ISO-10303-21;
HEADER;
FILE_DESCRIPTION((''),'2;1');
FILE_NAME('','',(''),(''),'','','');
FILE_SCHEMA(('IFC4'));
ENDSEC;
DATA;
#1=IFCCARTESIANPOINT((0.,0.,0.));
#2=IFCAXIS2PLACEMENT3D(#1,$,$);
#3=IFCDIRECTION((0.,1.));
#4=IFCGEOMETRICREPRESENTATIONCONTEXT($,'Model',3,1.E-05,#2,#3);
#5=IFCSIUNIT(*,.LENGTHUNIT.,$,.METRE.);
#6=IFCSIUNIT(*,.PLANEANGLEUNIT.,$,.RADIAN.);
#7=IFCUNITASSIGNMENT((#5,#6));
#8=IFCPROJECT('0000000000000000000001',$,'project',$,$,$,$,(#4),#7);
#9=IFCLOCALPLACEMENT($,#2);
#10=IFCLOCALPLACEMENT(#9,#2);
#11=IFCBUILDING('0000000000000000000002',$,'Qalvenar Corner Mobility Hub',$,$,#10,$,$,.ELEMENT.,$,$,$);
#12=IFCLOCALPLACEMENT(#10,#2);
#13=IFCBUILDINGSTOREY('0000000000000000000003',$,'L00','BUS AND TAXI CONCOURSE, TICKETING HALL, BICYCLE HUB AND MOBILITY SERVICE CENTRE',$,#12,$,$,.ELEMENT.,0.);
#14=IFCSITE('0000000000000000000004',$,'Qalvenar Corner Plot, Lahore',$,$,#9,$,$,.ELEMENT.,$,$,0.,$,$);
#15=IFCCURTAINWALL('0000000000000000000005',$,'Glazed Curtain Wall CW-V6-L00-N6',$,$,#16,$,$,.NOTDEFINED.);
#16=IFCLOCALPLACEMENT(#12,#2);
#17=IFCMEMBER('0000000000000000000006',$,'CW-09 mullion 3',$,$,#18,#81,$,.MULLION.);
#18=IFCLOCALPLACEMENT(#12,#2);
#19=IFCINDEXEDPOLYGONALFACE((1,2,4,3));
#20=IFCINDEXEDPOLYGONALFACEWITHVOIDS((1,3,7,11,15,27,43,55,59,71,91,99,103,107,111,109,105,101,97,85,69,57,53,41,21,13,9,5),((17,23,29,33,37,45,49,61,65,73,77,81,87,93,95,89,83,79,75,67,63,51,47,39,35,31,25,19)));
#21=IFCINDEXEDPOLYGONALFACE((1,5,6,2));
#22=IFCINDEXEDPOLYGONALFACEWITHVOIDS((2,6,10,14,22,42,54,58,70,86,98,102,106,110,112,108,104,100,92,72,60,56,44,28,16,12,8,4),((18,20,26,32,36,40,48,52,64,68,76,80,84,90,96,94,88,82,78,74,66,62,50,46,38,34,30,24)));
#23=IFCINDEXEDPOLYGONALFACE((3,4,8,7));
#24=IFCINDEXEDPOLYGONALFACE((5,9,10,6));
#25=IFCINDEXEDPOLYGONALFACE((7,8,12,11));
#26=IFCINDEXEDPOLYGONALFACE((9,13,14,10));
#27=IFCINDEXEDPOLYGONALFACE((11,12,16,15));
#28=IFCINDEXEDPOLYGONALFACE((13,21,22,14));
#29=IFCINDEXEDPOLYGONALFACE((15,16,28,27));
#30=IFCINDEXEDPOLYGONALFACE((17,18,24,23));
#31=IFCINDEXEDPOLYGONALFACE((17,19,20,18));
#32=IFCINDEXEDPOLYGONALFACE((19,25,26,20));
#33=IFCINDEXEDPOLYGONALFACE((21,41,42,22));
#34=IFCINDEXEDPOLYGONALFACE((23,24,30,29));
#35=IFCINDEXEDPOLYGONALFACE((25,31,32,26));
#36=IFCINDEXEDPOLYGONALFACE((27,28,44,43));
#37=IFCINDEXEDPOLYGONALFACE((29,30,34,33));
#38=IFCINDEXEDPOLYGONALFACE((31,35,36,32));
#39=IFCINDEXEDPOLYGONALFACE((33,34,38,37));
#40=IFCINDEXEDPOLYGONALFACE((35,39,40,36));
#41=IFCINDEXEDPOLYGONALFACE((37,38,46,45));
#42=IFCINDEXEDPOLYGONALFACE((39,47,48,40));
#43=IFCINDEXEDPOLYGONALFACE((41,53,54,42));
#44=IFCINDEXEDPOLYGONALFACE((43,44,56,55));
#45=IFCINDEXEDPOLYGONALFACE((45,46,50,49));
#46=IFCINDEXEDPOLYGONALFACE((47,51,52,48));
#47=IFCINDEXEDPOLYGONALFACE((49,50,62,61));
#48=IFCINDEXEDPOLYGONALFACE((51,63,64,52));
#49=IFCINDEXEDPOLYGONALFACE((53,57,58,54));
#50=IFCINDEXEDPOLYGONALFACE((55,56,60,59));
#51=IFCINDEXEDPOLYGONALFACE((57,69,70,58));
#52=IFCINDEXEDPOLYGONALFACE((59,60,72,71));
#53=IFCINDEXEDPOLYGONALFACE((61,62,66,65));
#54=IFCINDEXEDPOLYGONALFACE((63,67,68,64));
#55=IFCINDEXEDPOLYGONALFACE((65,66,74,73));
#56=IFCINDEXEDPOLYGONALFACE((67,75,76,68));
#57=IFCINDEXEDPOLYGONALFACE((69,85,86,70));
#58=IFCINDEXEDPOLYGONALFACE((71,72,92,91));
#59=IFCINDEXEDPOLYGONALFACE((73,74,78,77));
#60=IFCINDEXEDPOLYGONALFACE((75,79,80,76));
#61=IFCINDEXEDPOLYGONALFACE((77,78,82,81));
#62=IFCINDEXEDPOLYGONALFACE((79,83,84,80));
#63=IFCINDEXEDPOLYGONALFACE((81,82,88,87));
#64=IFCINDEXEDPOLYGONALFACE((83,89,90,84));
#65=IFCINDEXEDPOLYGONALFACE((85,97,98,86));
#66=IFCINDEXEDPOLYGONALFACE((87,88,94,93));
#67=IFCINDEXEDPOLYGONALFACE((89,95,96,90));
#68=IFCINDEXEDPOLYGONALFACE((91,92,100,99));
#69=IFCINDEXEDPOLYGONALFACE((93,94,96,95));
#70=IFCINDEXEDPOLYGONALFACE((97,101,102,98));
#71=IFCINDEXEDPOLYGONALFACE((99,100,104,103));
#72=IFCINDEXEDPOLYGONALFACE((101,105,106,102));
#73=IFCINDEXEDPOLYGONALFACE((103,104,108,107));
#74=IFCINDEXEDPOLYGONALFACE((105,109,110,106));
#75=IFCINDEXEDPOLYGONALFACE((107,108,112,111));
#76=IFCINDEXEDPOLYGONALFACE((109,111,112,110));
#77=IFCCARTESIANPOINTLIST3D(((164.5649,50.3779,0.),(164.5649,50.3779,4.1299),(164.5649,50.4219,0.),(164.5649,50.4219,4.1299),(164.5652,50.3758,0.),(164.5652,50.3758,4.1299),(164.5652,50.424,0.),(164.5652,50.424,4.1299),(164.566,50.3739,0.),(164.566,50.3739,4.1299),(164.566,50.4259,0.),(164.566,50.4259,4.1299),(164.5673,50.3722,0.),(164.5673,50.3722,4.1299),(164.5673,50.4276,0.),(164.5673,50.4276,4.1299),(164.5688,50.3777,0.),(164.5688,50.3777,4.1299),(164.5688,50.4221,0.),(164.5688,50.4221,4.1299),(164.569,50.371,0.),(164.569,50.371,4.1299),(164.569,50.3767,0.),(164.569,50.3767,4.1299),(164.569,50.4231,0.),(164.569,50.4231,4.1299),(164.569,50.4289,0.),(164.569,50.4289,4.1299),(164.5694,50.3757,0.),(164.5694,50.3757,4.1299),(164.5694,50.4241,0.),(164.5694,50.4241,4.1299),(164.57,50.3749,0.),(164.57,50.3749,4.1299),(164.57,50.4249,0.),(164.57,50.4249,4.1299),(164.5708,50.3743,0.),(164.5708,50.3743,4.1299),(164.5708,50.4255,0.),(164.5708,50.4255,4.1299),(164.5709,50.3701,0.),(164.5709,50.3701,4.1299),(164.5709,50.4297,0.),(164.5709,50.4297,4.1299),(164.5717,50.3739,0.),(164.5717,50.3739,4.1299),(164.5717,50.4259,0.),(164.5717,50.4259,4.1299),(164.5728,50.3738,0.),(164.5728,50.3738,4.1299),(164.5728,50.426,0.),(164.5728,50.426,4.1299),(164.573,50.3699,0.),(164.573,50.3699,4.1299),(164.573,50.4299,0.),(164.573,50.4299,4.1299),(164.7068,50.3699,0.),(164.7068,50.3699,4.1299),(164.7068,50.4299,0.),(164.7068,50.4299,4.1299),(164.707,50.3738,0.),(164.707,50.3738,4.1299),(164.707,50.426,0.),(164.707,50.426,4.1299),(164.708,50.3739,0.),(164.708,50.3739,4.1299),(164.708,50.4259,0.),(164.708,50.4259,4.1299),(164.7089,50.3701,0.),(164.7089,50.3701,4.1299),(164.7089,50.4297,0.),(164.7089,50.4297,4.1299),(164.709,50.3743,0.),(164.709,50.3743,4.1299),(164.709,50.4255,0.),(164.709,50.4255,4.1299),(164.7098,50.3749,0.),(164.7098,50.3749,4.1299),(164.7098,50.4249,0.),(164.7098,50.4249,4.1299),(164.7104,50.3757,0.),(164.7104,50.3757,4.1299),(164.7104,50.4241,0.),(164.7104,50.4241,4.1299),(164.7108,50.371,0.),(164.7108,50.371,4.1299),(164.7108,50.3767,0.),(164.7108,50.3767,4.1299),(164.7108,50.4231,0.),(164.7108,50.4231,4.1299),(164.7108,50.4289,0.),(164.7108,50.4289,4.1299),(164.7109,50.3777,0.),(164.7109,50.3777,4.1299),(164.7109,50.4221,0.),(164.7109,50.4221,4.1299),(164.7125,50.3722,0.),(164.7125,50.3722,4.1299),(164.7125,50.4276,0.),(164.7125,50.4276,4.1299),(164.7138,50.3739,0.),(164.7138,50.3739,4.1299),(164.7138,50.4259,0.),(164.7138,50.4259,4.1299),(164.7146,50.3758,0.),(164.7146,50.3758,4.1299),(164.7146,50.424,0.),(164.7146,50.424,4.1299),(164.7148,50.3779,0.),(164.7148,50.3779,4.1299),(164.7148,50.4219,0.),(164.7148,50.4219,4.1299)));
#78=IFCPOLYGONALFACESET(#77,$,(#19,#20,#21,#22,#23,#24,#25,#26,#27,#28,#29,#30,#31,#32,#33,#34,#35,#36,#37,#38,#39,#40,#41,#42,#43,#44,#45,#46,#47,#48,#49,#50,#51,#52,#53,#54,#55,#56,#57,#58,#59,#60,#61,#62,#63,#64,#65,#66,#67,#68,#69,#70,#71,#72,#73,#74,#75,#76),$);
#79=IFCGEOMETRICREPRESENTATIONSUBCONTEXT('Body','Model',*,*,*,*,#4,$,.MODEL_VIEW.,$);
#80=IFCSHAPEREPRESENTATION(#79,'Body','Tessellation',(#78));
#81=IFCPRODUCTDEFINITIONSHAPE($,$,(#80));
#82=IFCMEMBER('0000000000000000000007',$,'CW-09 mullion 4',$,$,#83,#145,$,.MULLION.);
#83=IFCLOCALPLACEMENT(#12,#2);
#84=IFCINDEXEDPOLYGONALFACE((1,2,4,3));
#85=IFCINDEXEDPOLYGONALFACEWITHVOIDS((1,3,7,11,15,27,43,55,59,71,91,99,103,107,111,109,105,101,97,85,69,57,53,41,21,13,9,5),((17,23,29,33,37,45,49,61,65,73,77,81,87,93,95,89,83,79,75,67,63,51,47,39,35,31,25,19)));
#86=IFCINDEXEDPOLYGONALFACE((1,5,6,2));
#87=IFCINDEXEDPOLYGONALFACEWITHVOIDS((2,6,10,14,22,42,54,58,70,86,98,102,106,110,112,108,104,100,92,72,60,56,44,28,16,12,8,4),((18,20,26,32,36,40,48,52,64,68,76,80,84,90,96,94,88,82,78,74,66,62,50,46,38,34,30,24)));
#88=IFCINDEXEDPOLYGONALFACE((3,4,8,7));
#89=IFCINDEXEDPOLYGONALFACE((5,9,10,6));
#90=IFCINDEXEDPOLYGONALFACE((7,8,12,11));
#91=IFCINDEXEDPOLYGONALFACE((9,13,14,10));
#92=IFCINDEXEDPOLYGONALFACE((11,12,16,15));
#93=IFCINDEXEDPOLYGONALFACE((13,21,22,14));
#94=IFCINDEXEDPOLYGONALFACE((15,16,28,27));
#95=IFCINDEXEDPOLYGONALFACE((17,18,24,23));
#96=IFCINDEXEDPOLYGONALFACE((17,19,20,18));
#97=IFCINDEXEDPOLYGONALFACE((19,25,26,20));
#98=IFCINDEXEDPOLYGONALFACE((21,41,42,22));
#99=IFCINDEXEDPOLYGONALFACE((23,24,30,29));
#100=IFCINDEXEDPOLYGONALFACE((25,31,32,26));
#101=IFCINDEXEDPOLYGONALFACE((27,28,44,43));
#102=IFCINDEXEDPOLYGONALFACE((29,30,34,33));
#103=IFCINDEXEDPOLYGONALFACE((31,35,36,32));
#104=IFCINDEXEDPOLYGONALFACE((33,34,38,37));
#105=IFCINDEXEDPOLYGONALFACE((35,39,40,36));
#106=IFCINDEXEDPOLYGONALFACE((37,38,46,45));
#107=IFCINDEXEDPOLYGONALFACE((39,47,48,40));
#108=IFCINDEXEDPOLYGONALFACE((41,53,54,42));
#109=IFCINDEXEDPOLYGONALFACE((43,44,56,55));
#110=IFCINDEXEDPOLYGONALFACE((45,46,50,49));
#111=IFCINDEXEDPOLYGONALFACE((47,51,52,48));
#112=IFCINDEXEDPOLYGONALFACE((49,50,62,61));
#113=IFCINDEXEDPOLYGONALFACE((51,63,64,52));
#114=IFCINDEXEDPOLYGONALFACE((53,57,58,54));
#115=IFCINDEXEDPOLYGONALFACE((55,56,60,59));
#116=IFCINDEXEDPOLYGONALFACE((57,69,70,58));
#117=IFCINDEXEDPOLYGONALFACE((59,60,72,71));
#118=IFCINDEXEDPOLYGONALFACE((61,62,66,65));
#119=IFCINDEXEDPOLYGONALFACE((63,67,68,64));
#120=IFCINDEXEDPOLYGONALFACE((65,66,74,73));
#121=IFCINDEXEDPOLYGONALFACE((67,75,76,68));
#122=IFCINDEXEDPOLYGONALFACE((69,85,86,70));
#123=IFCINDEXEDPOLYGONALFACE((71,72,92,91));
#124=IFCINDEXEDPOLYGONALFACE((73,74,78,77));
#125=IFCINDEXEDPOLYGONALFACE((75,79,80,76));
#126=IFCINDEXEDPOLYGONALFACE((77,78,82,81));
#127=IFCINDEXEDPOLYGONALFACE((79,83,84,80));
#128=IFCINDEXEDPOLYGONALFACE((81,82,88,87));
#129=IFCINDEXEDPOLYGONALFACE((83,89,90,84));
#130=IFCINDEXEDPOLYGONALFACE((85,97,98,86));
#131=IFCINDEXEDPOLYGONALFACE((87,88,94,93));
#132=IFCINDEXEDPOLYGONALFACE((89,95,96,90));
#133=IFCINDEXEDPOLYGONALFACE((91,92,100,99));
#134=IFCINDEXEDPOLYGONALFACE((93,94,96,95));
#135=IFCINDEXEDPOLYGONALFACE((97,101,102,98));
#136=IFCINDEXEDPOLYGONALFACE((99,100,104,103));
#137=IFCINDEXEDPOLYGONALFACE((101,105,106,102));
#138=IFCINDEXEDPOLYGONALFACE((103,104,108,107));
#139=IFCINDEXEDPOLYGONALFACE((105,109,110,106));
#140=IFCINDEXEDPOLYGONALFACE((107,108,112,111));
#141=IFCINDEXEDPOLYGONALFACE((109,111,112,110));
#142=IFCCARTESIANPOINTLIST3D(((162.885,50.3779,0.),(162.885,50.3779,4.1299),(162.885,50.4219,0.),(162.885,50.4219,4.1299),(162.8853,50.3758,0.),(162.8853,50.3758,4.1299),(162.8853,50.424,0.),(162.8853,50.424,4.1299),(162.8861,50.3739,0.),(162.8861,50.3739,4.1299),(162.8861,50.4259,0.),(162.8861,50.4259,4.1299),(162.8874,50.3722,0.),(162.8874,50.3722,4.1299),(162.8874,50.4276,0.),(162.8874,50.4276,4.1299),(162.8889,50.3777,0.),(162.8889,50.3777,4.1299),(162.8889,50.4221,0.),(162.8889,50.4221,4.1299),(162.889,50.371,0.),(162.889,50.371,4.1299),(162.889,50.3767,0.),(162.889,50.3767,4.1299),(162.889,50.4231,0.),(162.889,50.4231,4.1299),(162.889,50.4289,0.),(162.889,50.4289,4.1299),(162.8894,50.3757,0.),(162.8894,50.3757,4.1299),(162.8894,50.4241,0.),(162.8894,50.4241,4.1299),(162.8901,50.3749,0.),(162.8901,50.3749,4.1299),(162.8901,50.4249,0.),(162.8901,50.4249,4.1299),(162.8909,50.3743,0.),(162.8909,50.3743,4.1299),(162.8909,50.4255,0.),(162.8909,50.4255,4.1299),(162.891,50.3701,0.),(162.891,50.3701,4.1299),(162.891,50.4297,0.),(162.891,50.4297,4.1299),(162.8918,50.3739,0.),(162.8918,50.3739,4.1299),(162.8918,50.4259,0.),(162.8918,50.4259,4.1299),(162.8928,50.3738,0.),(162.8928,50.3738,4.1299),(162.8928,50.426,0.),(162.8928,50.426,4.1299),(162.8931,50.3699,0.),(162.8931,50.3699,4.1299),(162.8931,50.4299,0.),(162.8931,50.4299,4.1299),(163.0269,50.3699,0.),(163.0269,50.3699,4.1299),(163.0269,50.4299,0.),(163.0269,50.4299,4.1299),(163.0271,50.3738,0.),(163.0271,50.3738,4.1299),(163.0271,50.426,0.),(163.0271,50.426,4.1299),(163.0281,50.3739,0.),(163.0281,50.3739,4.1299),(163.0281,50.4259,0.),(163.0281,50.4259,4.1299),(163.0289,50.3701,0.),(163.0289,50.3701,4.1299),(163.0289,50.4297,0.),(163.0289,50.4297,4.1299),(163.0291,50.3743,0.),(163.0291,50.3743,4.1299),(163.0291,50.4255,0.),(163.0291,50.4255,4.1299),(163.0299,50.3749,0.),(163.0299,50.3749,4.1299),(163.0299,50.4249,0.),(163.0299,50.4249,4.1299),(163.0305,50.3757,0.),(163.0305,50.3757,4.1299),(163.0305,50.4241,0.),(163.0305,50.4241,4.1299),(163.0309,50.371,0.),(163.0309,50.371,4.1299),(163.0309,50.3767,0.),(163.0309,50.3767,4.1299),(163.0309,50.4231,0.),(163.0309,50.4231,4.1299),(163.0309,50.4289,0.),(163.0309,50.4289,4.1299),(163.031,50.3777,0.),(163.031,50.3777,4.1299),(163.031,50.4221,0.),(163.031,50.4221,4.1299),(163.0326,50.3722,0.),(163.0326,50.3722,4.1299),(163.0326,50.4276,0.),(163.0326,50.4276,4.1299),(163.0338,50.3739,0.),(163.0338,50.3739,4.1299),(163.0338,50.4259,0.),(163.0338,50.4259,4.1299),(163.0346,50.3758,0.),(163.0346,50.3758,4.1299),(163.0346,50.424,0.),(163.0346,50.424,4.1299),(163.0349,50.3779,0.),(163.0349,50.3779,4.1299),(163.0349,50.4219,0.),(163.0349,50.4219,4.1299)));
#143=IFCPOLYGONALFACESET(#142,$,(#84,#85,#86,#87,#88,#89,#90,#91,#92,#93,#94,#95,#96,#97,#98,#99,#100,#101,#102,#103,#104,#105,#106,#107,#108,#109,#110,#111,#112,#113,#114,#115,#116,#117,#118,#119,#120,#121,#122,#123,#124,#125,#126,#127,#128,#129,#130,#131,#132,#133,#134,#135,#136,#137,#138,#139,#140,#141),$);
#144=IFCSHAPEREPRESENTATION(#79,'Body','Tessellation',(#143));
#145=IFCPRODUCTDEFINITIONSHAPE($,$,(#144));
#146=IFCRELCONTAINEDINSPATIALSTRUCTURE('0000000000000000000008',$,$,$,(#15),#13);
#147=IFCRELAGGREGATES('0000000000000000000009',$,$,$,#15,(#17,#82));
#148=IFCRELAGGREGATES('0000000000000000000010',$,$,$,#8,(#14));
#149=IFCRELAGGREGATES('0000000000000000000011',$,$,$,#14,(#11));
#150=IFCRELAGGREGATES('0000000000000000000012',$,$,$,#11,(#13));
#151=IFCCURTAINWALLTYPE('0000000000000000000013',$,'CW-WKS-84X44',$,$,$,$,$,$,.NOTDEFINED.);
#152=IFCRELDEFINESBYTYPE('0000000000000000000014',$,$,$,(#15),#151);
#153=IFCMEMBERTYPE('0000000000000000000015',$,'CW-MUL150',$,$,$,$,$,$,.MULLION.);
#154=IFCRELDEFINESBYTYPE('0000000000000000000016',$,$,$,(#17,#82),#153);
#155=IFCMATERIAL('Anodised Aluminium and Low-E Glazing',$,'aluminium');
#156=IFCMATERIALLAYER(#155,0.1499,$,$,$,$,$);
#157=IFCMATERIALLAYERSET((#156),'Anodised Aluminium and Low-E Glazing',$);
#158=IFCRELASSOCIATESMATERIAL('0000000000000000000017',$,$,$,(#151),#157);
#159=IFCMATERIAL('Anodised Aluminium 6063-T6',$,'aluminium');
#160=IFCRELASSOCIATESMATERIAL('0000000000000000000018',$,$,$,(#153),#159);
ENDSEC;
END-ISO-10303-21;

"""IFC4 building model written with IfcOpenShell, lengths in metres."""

from ifc_helpers import new_model, si_unit, direction, frame, origin, origin_2d, place, context, subcontext, project, spatial, hollow_rectangle, extrude, material, layer, layer_set, material_profile, profile_set, type_object, element, aggregate, save


model = new_model("IFC4")

# Units and contexts
model_context = context("Model", 3, precision=1e-05, world=origin(), true_north=direction((0.0, 1.0)))
body_context = subcontext(model_context, "Body", "Model", "MODEL_VIEW")
ifc_project = project(units=[si_unit("LENGTHUNIT", "METRE"), si_unit("PLANEANGLEUNIT", "RADIAN")], contexts=[model_context])

# Site, building, storey
site_placement = place(None, origin())
site = spatial("IfcSite", under=ifc_project, at=site_placement, Name="Qalvenar Corner Plot, Lahore", CompositionType="ELEMENT", RefElevation=0.0)
building_placement = place(site_placement, origin())
building = spatial("IfcBuilding", under=site, at=building_placement, Name="Qalvenar Corner Mobility Hub", CompositionType="ELEMENT")
storey_placement = place(building_placement, origin())
storey = spatial("IfcBuildingStorey", under=building, at=storey_placement, Name="L00", Description="BUS AND TAXI CONCOURSE, TICKETING HALL, BICYCLE HUB AND MOBILITY SERVICE CENTRE", CompositionType="ELEMENT", Elevation=0.0)

# Curtain wall, members
ifc_material_1 = material(Name="Anodised Aluminium and Low-E Glazing", Category="aluminium")
ifc_layer_1 = layer(ifc_material_1, 0.1499)
ifc_layer_set_1 = layer_set([ifc_layer_1], Name="Anodised Aluminium and Low-E Glazing")
curtain_wall_type = type_object("IfcCurtainWallType", Name="CW-WKS-84X44", PredefinedType="NOTDEFINED", material=ifc_layer_set_1)
curtain_wall_placement = place(storey_placement, origin())
curtain_wall = element("IfcCurtainWall", 1, at=curtain_wall_placement, inside=storey, type_object=curtain_wall_type, Name="Glazed Curtain Wall CW-V6-L00-N6", PredefinedType="NOTDEFINED")
ifc_material_2 = material(Name="Anodised Aluminium 6063-T6", Category="aluminium")
ifc_material_profile_1 = material_profile(ifc_material_2, hollow_rectangle(XDim=0.0601, YDim=0.1499, WallThickness=0.0039, InnerFilletRadius=0.0039, OuterFilletRadius=0.0081, at=origin_2d()), Name="RHS150x60x4")
ifc_profile_set_1 = profile_set([ifc_material_profile_1], Name="Anodised Aluminium 6063-T6")
member_type_1 = type_object("IfcMemberType", Name="CW-MUL150", PredefinedType="MULLION", material=ifc_profile_set_1)
member_1_placement = place(storey_placement, frame((164.6399, 50.3999, 0.0), z_axis=(0.0, 0.0, 1.0), x_axis=(0.0, -1.0, 0.0)))
member_1 = element("IfcMember", 2, at=member_1_placement, type_object=member_type_1, Name="CW-09 mullion 3", PredefinedType="MULLION", context=body_context, shape_type="SweptSolid", body=[
    extrude(hollow_rectangle(XDim=0.0601, YDim=0.1499, WallThickness=0.0039, InnerFilletRadius=0.0039, OuterFilletRadius=0.0081, at=origin_2d()), origin(), (0.0, 0.0, 1.0), 4.1299),
])
member_2_placement = place(storey_placement, frame((162.96, 50.3999, 0.0), z_axis=(0.0, 0.0, 1.0), x_axis=(0.0, -1.0, 0.0)))
member_2 = element("IfcMember", 3, at=member_2_placement, type_object=member_type_1, Name="CW-09 mullion 4", PredefinedType="MULLION", context=body_context, shape_type="SweptSolid", body=[
    extrude(hollow_rectangle(XDim=0.0601, YDim=0.1499, WallThickness=0.0039, InnerFilletRadius=0.0039, OuterFilletRadius=0.0081, at=origin_2d()), origin(), (0.0, 0.0, 1.0), 4.1299),
])
aggregate(curtain_wall, [member_1, member_2])

save(model, "model.ifc")
